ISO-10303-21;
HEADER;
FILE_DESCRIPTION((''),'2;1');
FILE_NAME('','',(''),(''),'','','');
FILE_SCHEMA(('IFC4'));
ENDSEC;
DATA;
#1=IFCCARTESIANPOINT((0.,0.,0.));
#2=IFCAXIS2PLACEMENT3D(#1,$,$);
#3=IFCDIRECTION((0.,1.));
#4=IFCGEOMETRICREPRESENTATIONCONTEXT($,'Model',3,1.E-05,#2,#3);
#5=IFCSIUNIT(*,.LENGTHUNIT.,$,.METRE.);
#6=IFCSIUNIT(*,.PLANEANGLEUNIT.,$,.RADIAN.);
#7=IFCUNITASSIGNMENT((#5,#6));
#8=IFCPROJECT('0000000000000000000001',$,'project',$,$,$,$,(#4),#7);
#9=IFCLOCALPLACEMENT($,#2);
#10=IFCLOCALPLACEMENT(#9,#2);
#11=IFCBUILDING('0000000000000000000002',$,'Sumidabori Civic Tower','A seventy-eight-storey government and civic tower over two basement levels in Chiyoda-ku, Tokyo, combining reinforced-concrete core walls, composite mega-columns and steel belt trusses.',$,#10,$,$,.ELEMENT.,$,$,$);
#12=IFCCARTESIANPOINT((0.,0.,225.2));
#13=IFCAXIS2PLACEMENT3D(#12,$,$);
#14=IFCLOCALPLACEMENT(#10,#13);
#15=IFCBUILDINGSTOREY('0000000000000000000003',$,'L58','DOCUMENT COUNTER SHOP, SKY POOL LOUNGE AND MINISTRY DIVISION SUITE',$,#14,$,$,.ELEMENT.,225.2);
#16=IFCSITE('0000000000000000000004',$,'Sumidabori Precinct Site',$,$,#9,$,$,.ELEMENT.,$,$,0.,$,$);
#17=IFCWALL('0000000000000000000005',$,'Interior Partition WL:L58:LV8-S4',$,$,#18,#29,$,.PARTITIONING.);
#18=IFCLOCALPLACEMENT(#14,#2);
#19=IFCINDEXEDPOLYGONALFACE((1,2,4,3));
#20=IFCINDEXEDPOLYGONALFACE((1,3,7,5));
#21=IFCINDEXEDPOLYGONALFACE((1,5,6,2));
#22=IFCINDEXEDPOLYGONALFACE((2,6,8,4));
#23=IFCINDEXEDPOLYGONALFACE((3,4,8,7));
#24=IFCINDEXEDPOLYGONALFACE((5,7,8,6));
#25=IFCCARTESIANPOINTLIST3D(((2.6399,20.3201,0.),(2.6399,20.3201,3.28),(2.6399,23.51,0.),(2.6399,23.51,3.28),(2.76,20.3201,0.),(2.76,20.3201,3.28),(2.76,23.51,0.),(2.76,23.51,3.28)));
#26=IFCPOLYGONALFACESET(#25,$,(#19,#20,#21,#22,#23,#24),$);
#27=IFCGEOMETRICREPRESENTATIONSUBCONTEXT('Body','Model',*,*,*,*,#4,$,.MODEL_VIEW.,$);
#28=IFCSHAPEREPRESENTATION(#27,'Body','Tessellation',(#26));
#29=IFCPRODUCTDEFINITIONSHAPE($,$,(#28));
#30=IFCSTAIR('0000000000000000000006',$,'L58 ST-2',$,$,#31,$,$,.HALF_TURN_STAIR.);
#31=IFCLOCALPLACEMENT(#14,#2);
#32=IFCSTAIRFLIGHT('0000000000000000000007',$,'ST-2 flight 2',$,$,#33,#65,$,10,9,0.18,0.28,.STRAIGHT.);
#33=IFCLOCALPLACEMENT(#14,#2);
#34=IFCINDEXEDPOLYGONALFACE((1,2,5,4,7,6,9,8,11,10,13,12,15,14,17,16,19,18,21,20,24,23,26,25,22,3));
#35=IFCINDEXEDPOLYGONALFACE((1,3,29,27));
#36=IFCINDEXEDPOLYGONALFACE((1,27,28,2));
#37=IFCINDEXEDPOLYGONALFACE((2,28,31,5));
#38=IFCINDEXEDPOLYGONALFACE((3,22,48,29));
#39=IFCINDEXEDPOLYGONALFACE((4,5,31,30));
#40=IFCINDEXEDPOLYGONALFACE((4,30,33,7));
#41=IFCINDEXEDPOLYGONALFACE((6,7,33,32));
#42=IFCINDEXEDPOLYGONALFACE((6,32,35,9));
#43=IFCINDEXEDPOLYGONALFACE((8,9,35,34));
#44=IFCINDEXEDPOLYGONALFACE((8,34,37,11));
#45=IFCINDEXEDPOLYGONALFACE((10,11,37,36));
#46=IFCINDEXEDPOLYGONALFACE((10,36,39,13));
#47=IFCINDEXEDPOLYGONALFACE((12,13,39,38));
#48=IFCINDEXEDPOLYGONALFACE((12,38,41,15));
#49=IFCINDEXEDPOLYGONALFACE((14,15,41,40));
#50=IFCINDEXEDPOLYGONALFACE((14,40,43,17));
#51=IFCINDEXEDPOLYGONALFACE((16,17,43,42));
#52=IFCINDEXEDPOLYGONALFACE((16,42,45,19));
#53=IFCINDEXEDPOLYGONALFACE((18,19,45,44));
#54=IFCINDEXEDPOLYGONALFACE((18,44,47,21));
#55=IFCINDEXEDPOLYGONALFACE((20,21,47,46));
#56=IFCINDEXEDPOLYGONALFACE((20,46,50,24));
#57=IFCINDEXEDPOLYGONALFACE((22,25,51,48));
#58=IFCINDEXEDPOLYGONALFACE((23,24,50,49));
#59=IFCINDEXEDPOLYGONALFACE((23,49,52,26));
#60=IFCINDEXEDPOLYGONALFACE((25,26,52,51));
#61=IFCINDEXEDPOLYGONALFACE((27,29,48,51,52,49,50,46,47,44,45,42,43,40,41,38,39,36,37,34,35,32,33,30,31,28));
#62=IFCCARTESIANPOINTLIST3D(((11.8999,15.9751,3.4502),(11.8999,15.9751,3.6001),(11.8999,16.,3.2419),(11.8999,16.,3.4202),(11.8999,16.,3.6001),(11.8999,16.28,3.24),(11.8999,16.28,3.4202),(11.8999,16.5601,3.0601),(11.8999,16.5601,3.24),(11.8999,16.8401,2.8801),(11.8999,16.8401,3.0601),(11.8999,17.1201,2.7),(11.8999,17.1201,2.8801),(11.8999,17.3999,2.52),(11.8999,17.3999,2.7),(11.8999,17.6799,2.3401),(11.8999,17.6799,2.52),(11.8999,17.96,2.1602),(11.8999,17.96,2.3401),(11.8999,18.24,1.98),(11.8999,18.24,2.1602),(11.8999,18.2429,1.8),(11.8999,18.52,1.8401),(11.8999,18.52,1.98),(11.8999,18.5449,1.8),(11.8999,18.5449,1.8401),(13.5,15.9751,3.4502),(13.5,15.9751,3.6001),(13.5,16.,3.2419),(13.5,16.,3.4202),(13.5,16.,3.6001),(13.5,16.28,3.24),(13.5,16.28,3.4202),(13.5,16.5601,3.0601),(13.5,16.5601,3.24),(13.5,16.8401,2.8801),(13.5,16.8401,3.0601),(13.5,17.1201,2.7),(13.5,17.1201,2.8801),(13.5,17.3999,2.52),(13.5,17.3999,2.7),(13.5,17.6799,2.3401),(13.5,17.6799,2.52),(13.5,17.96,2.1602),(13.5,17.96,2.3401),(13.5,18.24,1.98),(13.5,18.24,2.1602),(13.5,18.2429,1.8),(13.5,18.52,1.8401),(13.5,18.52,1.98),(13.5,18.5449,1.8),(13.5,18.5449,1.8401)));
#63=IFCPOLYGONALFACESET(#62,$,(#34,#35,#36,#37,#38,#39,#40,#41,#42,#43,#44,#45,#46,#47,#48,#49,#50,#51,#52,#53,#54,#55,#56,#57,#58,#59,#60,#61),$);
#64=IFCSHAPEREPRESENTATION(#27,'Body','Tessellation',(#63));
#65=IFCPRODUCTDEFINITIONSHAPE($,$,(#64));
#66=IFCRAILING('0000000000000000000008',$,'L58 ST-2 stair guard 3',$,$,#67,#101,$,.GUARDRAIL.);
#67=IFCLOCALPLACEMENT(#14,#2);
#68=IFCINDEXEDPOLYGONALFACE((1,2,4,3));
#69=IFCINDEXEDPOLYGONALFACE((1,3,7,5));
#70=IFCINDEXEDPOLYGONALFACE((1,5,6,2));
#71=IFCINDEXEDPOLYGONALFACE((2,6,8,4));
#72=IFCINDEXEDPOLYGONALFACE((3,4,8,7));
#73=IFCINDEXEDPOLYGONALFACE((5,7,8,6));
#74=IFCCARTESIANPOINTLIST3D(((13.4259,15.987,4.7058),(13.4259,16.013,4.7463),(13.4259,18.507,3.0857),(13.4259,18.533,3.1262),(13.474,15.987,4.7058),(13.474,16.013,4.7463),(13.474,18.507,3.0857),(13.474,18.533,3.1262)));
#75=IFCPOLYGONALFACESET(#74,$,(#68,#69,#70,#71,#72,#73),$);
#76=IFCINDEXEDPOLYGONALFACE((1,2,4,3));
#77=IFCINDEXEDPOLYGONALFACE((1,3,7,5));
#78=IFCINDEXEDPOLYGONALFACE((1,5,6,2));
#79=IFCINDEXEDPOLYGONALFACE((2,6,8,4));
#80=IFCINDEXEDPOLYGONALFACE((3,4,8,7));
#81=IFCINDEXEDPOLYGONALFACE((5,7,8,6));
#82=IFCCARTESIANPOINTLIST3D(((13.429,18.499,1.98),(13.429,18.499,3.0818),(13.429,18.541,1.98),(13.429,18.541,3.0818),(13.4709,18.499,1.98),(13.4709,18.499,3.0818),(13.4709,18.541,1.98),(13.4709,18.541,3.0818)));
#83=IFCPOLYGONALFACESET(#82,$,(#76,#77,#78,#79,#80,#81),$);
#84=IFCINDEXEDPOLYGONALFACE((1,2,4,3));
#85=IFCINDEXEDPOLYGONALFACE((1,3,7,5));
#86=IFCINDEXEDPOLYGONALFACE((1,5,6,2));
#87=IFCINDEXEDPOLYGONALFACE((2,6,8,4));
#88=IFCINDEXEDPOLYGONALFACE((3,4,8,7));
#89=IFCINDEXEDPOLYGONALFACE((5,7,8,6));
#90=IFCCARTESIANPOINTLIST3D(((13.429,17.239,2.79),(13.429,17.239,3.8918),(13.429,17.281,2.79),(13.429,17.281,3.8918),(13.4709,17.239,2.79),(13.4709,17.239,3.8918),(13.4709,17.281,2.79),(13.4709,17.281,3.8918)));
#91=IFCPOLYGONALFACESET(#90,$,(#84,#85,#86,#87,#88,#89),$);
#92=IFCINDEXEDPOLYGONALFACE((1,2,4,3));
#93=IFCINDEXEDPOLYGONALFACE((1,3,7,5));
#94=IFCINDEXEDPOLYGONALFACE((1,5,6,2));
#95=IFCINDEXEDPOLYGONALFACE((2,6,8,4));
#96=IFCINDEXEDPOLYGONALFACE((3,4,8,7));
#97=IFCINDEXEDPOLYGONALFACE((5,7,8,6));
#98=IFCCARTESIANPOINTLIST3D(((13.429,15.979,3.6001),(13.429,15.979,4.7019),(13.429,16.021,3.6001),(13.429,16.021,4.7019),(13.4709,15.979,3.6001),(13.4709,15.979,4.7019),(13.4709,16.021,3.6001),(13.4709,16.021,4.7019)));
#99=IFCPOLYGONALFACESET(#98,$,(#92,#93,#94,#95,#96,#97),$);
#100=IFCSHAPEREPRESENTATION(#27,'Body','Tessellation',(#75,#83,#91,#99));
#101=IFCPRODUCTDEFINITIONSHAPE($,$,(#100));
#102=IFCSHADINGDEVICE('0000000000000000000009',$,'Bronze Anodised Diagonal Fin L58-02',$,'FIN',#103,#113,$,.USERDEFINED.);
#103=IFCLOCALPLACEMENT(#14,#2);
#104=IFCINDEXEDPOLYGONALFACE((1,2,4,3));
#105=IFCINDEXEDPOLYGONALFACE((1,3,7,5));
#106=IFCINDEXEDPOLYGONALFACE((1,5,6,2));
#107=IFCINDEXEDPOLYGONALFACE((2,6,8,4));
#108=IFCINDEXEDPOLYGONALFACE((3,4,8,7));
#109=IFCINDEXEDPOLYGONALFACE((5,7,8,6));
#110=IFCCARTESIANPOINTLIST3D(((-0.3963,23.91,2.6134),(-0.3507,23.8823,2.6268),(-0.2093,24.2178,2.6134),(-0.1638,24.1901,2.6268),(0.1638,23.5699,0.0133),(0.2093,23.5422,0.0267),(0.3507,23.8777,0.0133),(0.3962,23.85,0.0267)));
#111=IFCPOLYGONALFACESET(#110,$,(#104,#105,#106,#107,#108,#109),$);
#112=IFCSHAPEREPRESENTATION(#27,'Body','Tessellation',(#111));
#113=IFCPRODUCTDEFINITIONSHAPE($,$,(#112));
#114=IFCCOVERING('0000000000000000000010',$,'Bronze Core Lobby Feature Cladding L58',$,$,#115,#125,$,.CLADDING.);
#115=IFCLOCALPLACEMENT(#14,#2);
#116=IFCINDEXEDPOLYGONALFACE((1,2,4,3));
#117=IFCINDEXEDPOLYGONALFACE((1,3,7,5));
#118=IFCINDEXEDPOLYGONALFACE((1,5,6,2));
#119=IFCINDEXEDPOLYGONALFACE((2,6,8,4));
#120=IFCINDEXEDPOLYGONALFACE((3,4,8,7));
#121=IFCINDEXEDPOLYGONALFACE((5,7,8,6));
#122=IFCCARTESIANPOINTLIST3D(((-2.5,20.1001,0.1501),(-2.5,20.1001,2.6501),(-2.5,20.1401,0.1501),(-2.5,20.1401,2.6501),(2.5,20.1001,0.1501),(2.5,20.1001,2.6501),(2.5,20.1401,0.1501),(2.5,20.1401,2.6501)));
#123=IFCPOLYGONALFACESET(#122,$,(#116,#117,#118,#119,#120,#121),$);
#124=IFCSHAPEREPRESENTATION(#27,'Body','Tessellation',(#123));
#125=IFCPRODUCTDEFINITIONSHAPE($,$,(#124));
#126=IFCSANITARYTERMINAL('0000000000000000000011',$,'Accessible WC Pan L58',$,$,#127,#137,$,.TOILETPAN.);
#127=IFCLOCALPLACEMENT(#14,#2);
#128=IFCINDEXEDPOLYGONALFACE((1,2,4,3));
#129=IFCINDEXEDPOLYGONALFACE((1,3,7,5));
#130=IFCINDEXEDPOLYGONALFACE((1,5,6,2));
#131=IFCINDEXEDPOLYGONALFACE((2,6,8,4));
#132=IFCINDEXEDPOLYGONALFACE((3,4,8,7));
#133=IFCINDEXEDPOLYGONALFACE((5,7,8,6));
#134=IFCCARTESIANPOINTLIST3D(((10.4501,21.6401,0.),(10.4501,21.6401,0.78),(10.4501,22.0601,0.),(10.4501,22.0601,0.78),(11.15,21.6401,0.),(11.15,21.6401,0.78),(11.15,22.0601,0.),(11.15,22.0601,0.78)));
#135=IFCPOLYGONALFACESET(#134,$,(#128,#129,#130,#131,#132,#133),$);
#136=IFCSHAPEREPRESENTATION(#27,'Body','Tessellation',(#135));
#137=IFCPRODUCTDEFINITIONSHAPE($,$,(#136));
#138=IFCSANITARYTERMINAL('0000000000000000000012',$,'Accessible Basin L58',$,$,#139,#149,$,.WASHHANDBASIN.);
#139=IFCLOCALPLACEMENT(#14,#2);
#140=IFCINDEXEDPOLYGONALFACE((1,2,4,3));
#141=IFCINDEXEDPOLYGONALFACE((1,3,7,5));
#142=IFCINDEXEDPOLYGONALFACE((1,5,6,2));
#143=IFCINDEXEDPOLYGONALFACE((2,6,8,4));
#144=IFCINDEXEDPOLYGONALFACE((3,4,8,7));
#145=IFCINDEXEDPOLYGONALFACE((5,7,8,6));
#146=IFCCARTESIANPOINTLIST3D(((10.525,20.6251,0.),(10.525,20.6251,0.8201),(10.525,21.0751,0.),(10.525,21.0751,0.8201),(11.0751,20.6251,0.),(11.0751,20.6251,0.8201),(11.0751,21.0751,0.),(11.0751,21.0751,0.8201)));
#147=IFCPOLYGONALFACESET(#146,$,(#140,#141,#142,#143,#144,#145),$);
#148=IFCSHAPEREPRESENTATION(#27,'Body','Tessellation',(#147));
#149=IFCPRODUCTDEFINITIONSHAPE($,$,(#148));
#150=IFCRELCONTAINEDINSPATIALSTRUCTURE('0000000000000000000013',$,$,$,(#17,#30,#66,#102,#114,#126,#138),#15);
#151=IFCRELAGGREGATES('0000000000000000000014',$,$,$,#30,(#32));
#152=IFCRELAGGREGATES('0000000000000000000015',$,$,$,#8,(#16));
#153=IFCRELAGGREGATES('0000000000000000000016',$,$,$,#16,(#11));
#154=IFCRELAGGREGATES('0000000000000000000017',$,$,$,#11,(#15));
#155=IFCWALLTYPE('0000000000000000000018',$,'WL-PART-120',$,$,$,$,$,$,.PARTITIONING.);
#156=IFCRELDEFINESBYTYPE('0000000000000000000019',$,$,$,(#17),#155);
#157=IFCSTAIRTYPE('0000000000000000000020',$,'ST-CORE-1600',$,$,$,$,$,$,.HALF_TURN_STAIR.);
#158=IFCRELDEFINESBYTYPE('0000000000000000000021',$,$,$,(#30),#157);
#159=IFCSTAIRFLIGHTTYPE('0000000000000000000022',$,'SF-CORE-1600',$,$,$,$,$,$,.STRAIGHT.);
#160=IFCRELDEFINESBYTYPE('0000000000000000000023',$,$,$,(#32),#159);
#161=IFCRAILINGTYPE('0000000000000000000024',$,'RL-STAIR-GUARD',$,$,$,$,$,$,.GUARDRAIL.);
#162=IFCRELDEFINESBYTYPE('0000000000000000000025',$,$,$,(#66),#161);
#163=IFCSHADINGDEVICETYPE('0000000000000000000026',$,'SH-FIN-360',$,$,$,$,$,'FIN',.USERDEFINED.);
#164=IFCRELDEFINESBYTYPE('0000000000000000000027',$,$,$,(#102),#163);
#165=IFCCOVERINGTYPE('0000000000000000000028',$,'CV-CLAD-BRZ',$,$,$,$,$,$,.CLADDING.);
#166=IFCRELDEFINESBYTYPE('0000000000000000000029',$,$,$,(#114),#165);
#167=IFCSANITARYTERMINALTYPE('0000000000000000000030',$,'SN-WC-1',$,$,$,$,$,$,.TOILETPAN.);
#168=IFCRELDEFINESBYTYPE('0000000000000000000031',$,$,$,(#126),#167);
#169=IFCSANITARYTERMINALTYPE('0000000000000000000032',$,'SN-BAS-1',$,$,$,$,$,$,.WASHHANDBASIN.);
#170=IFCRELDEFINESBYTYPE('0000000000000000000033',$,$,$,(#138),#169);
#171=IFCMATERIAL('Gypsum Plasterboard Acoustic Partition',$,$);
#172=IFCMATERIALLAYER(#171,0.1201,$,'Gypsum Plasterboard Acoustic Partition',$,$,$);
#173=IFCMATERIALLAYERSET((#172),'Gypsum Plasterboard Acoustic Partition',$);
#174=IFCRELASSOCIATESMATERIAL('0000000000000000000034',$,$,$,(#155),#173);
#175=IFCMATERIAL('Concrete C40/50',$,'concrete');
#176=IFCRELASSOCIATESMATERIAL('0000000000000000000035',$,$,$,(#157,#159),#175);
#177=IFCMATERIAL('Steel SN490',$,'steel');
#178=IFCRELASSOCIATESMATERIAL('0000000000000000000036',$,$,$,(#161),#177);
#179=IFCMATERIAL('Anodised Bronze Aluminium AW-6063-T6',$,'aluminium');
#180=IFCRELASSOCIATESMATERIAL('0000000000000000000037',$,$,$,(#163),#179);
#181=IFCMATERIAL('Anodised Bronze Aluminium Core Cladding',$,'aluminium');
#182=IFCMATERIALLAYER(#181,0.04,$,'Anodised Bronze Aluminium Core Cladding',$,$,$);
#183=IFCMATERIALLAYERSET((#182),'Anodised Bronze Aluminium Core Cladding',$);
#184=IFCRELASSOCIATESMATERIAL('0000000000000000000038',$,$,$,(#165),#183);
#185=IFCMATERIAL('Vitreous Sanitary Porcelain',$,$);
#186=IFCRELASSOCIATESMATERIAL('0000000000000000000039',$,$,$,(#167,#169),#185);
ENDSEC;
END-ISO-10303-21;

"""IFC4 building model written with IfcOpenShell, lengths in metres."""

from ifc_helpers import new_model, si_unit, direction, frame, frame_2d, origin, origin_2d, place, context, subcontext, project, spatial, polyline, rectangle, outline, extrude, source, transform, mapped, material, layer, layer_set, material_profile, profile_set, type_object, element, aggregate, save


model = new_model("IFC4")

# Units and contexts
model_context = context("Model", 3, precision=1e-05, world=origin(), true_north=direction((0.0, 1.0)))
body_context = subcontext(model_context, "Body", "Model", "MODEL_VIEW")
ifc_project = project(units=[si_unit("LENGTHUNIT", "METRE"), si_unit("PLANEANGLEUNIT", "RADIAN")], contexts=[model_context])

# Site, building, storey
site_placement = place(None, origin())
site = spatial("IfcSite", under=ifc_project, at=site_placement, Name="Sumidabori Precinct Site", CompositionType="ELEMENT", RefElevation=0.0)
building_placement = place(site_placement, origin())
building = spatial("IfcBuilding", under=site, at=building_placement, Name="Sumidabori Civic Tower", Description="A seventy-eight-storey government and civic tower over two basement levels in Chiyoda-ku, Tokyo, combining reinforced-concrete core walls, composite mega-columns and steel belt trusses.", CompositionType="ELEMENT")
storey_placement = place(building_placement, frame((0.0, 0.0, 225.2)))
storey = spatial("IfcBuildingStorey", under=building, at=storey_placement, Name="L58", Description="DOCUMENT COUNTER SHOP, SKY POOL LOUNGE AND MINISTRY DIVISION SUITE", CompositionType="ELEMENT", Elevation=225.2)

# Shared definitions
ifc_material_1 = material(Name="Steel SN490", Category="steel")

# Shared definitions
ifc_material_2 = material(Name="Anodised Bronze Aluminium AW-6063-T6", Category="aluminium")

# Wall
ifc_material_3 = material(Name="Gypsum Plasterboard Acoustic Partition")
ifc_layer_1 = layer(ifc_material_3, 0.1201, Name="Gypsum Plasterboard Acoustic Partition")
ifc_layer_set_1 = layer_set([ifc_layer_1], Name="Gypsum Plasterboard Acoustic Partition")
wall_type_1 = type_object("IfcWallType", Name="WL-PART-120", PredefinedType="PARTITIONING", material=ifc_layer_set_1)
shared_shape_1 = source(origin(), body_context, "Body", "SweptSolid", [
    extrude(rectangle(XDim=3.1899, YDim=0.1201, at=frame_2d((1.595, 0.0))), origin(), (0.0, 0.0, 1.0), 3.28),
])
wall_1_placement = place(storey_placement, frame((2.7, 20.3201, 0.0), z_axis=(0.0, 0.0, 1.0), x_axis=(0.0, 1.0, 0.0)))
element("IfcWall", 1, at=wall_1_placement, inside=storey, type_object=wall_type_1, Name="Interior Partition WL:L58:LV8-S4", PredefinedType="PARTITIONING", context=body_context, shape_type="MappedRepresentation", body=[
    mapped(shared_shape_1, transform((0.0, 0.0, 0.0), x_axis=(1.0, 0.0, 0.0), y_axis=(0.0, 1.0, 0.0), z_axis=(0.0, 0.0, 1.0), scale=1.0)),
])

# Stair, stair flight
ifc_material_4 = material(Name="Concrete C40/50", Category="concrete")
stair_type = type_object("IfcStairType", Name="ST-CORE-1600", PredefinedType="HALF_TURN_STAIR", material=ifc_material_4)
stair_placement = place(storey_placement, origin())
stair = element("IfcStair", 2, at=stair_placement, inside=storey, type_object=stair_type, Name="L58 ST-2", PredefinedType="HALF_TURN_STAIR")
stair_flight_type = type_object("IfcStairFlightType", Name="SF-CORE-1600", PredefinedType="STRAIGHT", material=ifc_material_4)
shared_shape_2 = source(origin(), body_context, "Body", "SweptSolid", [
    extrude(outline(polyline([(-0.0249, 0.0), (-0.0249, 0.04), (0.0, 0.04), (0.0, 0.1799), (0.28, 0.1799), (0.28, 0.3601), (0.5601, 0.3601), (0.5601, 0.54), (0.8401, 0.54), (0.8401, 0.72), (1.1201, 0.72), (1.1201, 0.8999), (1.3999, 0.8999), (1.3999, 1.0801), (1.6799, 1.0801), (1.6799, 1.26), (1.96, 1.26), (1.96, 1.4399), (2.24, 1.4399), (2.24, 1.6201), (2.52, 1.6201), (2.52, 1.8), (2.5449, 1.8), (2.5449, 1.6501), (2.52, 1.4419), (0.2771, 0.0), (-0.0249, 0.0)])), frame((0.0, 0.8, 0.0), z_axis=(0.0, -1.0, 0.0), x_axis=(1.0, 0.0, 0.0)), (0.0, 0.0, 1.0), 1.6001),
])
stair_flight_placement = place(storey_placement, frame((12.7, 18.52, 1.8), z_axis=(0.0, 0.0, 1.0), x_axis=(0.0, -1.0, 0.0)))
stair_flight = element("IfcStairFlight", 3, at=stair_flight_placement, type_object=stair_flight_type, Name="ST-2 flight 2", NumberOfRisers=10, NumberOfTreads=9, PredefinedType="STRAIGHT", RiserHeight=0.18, TreadLength=0.28, context=body_context, shape_type="MappedRepresentation", body=[
    mapped(shared_shape_2, transform((0.0, 0.0, 0.0), x_axis=(1.0, 0.0, 0.0), y_axis=(0.0, 1.0, 0.0), z_axis=(0.0, 0.0, 1.0), scale=1.0)),
])
aggregate(stair, [stair_flight])

# Railing
railing_type = type_object("IfcRailingType", Name="RL-STAIR-GUARD", PredefinedType="GUARDRAIL", material=ifc_material_1)
railing_placement = place(storey_placement, frame((13.45, 18.52, 1.98)))
element("IfcRailing", 4, at=railing_placement, inside=storey, type_object=railing_type, Name="L58 ST-2 stair guard 3", PredefinedType="GUARDRAIL", context=body_context, shape_type="SweptSolid", body=[
    extrude(rectangle(XDim=0.0481, YDim=0.0481, at=origin_2d()), frame((0.0, 0.0, 1.126), z_axis=(0.0, -0.841163, 0.540782), x_axis=(1.0, 0.0, 0.0)), (0.0, 0.0, 1.0), 2.9958),
    extrude(rectangle(XDim=0.042, YDim=0.042, at=origin_2d()), origin(), (0.0, 0.0, 1.0), 1.1018),
    extrude(rectangle(XDim=0.042, YDim=0.042, at=origin_2d()), frame((0.0, -1.26, 0.8101)), (0.0, 0.0, 1.0), 1.1018),
    extrude(rectangle(XDim=0.042, YDim=0.042, at=origin_2d()), frame((0.0, -2.52, 1.6201)), (0.0, 0.0, 1.0), 1.1018),
])

# Shading device
ifc_material_profile_1 = material_profile(ifc_material_2, rectangle(XDim=0.0549, YDim=0.3601, at=origin_2d()), Name="BRONZE FIN 360x55")
ifc_profile_set_1 = profile_set([ifc_material_profile_1], Name="Anodised Bronze Aluminium AW-6063-T6")
shading_device_type = type_object("IfcShadingDeviceType", Name="SH-FIN-360", ElementType="FIN", PredefinedType="USERDEFINED", material=ifc_profile_set_1)
shared_shape_3 = source(origin(), body_context, "Body", "SweptSolid", [
    extrude(rectangle(XDim=0.0549, YDim=0.3601, at=origin_2d()), origin(), (0.0, 0.0, 1.0), 2.6814),
])
shading_device_placement = place(storey_placement, frame((0.28, 23.71, 0.02), z_axis=(-0.208869, 0.126833, 0.969684), x_axis=(0.828839, -0.503301, 0.244362)))
element("IfcShadingDevice", 5, at=shading_device_placement, inside=storey, type_object=shading_device_type, Name="Bronze Anodised Diagonal Fin L58-02", ObjectType="FIN", PredefinedType="USERDEFINED", context=body_context, shape_type="MappedRepresentation", body=[
    mapped(shared_shape_3, transform((0.0, 0.0, 0.0), x_axis=(1.0, 0.0, 0.0), y_axis=(0.0, 1.0, 0.0), z_axis=(0.0, 0.0, 1.0), scale=1.0)),
])

# Covering
ifc_material_5 = material(Name="Anodised Bronze Aluminium Core Cladding", Category="aluminium")
ifc_layer_2 = layer(ifc_material_5, 0.04, Name="Anodised Bronze Aluminium Core Cladding")
ifc_layer_set_2 = layer_set([ifc_layer_2], Name="Anodised Bronze Aluminium Core Cladding")
covering_type = type_object("IfcCoveringType", Name="CV-CLAD-BRZ", PredefinedType="CLADDING", material=ifc_layer_set_2)
shared_shape_4 = source(origin(), body_context, "Body", "SweptSolid", [
    extrude(rectangle(XDim=5.0, YDim=0.04, at=origin_2d()), origin(), (0.0, 0.0, 1.0), 2.5),
])
covering_placement = place(storey_placement, frame((0.0, 20.1201, 0.1501), z_axis=(0.0, 0.0, 1.0), x_axis=(1.0, 0.0, 0.0)))
element("IfcCovering", 6, at=covering_placement, inside=storey, type_object=covering_type, Name="Bronze Core Lobby Feature Cladding L58", PredefinedType="CLADDING", context=body_context, shape_type="MappedRepresentation", body=[
    mapped(shared_shape_4, transform((0.0, 0.0, 0.0), x_axis=(1.0, 0.0, 0.0), y_axis=(0.0, 1.0, 0.0), z_axis=(0.0, 0.0, 1.0), scale=1.0)),
])

# Sanitary terminals
ifc_material_6 = material(Name="Vitreous Sanitary Porcelain")
sanitary_terminal_type_1 = type_object("IfcSanitaryTerminalType", Name="SN-WC-1", PredefinedType="TOILETPAN", material=ifc_material_6)
shared_shape_5 = source(origin(), body_context, "Body", "SweptSolid", [
    extrude(rectangle(XDim=0.7, YDim=0.4199, at=origin_2d()), origin(), (0.0, 0.0, 1.0), 0.78),
])
sanitary_terminal_1_placement = place(storey_placement, frame((10.8, 21.8501, 0.0), z_axis=(0.0, 0.0, 1.0), x_axis=(1.0, 0.0, 0.0)))
element("IfcSanitaryTerminal", 7, at=sanitary_terminal_1_placement, inside=storey, type_object=sanitary_terminal_type_1, Name="Accessible WC Pan L58", PredefinedType="TOILETPAN", context=body_context, shape_type="MappedRepresentation", body=[
    mapped(shared_shape_5, transform((0.0, 0.0, 0.0), x_axis=(1.0, 0.0, 0.0), y_axis=(0.0, 1.0, 0.0), z_axis=(0.0, 0.0, 1.0), scale=1.0)),
])
sanitary_terminal_type_2 = type_object("IfcSanitaryTerminalType", Name="SN-BAS-1", PredefinedType="WASHHANDBASIN", material=ifc_material_6)
shared_shape_6 = source(origin(), body_context, "Body", "SweptSolid", [
    extrude(rectangle(XDim=0.55, YDim=0.45, at=origin_2d()), origin(), (0.0, 0.0, 1.0), 0.8201),
])
sanitary_terminal_2_placement = place(storey_placement, frame((10.8, 20.8501, 0.0), z_axis=(0.0, 0.0, 1.0), x_axis=(1.0, 0.0, 0.0)))
element("IfcSanitaryTerminal", 8, at=sanitary_terminal_2_placement, inside=storey, type_object=sanitary_terminal_type_2, Name="Accessible Basin L58", PredefinedType="WASHHANDBASIN", context=body_context, shape_type="MappedRepresentation", body=[
    mapped(shared_shape_6, transform((0.0, 0.0, 0.0), x_axis=(1.0, 0.0, 0.0), y_axis=(0.0, 1.0, 0.0), z_axis=(0.0, 0.0, 1.0), scale=1.0)),
])

save(model, "model.ifc")
